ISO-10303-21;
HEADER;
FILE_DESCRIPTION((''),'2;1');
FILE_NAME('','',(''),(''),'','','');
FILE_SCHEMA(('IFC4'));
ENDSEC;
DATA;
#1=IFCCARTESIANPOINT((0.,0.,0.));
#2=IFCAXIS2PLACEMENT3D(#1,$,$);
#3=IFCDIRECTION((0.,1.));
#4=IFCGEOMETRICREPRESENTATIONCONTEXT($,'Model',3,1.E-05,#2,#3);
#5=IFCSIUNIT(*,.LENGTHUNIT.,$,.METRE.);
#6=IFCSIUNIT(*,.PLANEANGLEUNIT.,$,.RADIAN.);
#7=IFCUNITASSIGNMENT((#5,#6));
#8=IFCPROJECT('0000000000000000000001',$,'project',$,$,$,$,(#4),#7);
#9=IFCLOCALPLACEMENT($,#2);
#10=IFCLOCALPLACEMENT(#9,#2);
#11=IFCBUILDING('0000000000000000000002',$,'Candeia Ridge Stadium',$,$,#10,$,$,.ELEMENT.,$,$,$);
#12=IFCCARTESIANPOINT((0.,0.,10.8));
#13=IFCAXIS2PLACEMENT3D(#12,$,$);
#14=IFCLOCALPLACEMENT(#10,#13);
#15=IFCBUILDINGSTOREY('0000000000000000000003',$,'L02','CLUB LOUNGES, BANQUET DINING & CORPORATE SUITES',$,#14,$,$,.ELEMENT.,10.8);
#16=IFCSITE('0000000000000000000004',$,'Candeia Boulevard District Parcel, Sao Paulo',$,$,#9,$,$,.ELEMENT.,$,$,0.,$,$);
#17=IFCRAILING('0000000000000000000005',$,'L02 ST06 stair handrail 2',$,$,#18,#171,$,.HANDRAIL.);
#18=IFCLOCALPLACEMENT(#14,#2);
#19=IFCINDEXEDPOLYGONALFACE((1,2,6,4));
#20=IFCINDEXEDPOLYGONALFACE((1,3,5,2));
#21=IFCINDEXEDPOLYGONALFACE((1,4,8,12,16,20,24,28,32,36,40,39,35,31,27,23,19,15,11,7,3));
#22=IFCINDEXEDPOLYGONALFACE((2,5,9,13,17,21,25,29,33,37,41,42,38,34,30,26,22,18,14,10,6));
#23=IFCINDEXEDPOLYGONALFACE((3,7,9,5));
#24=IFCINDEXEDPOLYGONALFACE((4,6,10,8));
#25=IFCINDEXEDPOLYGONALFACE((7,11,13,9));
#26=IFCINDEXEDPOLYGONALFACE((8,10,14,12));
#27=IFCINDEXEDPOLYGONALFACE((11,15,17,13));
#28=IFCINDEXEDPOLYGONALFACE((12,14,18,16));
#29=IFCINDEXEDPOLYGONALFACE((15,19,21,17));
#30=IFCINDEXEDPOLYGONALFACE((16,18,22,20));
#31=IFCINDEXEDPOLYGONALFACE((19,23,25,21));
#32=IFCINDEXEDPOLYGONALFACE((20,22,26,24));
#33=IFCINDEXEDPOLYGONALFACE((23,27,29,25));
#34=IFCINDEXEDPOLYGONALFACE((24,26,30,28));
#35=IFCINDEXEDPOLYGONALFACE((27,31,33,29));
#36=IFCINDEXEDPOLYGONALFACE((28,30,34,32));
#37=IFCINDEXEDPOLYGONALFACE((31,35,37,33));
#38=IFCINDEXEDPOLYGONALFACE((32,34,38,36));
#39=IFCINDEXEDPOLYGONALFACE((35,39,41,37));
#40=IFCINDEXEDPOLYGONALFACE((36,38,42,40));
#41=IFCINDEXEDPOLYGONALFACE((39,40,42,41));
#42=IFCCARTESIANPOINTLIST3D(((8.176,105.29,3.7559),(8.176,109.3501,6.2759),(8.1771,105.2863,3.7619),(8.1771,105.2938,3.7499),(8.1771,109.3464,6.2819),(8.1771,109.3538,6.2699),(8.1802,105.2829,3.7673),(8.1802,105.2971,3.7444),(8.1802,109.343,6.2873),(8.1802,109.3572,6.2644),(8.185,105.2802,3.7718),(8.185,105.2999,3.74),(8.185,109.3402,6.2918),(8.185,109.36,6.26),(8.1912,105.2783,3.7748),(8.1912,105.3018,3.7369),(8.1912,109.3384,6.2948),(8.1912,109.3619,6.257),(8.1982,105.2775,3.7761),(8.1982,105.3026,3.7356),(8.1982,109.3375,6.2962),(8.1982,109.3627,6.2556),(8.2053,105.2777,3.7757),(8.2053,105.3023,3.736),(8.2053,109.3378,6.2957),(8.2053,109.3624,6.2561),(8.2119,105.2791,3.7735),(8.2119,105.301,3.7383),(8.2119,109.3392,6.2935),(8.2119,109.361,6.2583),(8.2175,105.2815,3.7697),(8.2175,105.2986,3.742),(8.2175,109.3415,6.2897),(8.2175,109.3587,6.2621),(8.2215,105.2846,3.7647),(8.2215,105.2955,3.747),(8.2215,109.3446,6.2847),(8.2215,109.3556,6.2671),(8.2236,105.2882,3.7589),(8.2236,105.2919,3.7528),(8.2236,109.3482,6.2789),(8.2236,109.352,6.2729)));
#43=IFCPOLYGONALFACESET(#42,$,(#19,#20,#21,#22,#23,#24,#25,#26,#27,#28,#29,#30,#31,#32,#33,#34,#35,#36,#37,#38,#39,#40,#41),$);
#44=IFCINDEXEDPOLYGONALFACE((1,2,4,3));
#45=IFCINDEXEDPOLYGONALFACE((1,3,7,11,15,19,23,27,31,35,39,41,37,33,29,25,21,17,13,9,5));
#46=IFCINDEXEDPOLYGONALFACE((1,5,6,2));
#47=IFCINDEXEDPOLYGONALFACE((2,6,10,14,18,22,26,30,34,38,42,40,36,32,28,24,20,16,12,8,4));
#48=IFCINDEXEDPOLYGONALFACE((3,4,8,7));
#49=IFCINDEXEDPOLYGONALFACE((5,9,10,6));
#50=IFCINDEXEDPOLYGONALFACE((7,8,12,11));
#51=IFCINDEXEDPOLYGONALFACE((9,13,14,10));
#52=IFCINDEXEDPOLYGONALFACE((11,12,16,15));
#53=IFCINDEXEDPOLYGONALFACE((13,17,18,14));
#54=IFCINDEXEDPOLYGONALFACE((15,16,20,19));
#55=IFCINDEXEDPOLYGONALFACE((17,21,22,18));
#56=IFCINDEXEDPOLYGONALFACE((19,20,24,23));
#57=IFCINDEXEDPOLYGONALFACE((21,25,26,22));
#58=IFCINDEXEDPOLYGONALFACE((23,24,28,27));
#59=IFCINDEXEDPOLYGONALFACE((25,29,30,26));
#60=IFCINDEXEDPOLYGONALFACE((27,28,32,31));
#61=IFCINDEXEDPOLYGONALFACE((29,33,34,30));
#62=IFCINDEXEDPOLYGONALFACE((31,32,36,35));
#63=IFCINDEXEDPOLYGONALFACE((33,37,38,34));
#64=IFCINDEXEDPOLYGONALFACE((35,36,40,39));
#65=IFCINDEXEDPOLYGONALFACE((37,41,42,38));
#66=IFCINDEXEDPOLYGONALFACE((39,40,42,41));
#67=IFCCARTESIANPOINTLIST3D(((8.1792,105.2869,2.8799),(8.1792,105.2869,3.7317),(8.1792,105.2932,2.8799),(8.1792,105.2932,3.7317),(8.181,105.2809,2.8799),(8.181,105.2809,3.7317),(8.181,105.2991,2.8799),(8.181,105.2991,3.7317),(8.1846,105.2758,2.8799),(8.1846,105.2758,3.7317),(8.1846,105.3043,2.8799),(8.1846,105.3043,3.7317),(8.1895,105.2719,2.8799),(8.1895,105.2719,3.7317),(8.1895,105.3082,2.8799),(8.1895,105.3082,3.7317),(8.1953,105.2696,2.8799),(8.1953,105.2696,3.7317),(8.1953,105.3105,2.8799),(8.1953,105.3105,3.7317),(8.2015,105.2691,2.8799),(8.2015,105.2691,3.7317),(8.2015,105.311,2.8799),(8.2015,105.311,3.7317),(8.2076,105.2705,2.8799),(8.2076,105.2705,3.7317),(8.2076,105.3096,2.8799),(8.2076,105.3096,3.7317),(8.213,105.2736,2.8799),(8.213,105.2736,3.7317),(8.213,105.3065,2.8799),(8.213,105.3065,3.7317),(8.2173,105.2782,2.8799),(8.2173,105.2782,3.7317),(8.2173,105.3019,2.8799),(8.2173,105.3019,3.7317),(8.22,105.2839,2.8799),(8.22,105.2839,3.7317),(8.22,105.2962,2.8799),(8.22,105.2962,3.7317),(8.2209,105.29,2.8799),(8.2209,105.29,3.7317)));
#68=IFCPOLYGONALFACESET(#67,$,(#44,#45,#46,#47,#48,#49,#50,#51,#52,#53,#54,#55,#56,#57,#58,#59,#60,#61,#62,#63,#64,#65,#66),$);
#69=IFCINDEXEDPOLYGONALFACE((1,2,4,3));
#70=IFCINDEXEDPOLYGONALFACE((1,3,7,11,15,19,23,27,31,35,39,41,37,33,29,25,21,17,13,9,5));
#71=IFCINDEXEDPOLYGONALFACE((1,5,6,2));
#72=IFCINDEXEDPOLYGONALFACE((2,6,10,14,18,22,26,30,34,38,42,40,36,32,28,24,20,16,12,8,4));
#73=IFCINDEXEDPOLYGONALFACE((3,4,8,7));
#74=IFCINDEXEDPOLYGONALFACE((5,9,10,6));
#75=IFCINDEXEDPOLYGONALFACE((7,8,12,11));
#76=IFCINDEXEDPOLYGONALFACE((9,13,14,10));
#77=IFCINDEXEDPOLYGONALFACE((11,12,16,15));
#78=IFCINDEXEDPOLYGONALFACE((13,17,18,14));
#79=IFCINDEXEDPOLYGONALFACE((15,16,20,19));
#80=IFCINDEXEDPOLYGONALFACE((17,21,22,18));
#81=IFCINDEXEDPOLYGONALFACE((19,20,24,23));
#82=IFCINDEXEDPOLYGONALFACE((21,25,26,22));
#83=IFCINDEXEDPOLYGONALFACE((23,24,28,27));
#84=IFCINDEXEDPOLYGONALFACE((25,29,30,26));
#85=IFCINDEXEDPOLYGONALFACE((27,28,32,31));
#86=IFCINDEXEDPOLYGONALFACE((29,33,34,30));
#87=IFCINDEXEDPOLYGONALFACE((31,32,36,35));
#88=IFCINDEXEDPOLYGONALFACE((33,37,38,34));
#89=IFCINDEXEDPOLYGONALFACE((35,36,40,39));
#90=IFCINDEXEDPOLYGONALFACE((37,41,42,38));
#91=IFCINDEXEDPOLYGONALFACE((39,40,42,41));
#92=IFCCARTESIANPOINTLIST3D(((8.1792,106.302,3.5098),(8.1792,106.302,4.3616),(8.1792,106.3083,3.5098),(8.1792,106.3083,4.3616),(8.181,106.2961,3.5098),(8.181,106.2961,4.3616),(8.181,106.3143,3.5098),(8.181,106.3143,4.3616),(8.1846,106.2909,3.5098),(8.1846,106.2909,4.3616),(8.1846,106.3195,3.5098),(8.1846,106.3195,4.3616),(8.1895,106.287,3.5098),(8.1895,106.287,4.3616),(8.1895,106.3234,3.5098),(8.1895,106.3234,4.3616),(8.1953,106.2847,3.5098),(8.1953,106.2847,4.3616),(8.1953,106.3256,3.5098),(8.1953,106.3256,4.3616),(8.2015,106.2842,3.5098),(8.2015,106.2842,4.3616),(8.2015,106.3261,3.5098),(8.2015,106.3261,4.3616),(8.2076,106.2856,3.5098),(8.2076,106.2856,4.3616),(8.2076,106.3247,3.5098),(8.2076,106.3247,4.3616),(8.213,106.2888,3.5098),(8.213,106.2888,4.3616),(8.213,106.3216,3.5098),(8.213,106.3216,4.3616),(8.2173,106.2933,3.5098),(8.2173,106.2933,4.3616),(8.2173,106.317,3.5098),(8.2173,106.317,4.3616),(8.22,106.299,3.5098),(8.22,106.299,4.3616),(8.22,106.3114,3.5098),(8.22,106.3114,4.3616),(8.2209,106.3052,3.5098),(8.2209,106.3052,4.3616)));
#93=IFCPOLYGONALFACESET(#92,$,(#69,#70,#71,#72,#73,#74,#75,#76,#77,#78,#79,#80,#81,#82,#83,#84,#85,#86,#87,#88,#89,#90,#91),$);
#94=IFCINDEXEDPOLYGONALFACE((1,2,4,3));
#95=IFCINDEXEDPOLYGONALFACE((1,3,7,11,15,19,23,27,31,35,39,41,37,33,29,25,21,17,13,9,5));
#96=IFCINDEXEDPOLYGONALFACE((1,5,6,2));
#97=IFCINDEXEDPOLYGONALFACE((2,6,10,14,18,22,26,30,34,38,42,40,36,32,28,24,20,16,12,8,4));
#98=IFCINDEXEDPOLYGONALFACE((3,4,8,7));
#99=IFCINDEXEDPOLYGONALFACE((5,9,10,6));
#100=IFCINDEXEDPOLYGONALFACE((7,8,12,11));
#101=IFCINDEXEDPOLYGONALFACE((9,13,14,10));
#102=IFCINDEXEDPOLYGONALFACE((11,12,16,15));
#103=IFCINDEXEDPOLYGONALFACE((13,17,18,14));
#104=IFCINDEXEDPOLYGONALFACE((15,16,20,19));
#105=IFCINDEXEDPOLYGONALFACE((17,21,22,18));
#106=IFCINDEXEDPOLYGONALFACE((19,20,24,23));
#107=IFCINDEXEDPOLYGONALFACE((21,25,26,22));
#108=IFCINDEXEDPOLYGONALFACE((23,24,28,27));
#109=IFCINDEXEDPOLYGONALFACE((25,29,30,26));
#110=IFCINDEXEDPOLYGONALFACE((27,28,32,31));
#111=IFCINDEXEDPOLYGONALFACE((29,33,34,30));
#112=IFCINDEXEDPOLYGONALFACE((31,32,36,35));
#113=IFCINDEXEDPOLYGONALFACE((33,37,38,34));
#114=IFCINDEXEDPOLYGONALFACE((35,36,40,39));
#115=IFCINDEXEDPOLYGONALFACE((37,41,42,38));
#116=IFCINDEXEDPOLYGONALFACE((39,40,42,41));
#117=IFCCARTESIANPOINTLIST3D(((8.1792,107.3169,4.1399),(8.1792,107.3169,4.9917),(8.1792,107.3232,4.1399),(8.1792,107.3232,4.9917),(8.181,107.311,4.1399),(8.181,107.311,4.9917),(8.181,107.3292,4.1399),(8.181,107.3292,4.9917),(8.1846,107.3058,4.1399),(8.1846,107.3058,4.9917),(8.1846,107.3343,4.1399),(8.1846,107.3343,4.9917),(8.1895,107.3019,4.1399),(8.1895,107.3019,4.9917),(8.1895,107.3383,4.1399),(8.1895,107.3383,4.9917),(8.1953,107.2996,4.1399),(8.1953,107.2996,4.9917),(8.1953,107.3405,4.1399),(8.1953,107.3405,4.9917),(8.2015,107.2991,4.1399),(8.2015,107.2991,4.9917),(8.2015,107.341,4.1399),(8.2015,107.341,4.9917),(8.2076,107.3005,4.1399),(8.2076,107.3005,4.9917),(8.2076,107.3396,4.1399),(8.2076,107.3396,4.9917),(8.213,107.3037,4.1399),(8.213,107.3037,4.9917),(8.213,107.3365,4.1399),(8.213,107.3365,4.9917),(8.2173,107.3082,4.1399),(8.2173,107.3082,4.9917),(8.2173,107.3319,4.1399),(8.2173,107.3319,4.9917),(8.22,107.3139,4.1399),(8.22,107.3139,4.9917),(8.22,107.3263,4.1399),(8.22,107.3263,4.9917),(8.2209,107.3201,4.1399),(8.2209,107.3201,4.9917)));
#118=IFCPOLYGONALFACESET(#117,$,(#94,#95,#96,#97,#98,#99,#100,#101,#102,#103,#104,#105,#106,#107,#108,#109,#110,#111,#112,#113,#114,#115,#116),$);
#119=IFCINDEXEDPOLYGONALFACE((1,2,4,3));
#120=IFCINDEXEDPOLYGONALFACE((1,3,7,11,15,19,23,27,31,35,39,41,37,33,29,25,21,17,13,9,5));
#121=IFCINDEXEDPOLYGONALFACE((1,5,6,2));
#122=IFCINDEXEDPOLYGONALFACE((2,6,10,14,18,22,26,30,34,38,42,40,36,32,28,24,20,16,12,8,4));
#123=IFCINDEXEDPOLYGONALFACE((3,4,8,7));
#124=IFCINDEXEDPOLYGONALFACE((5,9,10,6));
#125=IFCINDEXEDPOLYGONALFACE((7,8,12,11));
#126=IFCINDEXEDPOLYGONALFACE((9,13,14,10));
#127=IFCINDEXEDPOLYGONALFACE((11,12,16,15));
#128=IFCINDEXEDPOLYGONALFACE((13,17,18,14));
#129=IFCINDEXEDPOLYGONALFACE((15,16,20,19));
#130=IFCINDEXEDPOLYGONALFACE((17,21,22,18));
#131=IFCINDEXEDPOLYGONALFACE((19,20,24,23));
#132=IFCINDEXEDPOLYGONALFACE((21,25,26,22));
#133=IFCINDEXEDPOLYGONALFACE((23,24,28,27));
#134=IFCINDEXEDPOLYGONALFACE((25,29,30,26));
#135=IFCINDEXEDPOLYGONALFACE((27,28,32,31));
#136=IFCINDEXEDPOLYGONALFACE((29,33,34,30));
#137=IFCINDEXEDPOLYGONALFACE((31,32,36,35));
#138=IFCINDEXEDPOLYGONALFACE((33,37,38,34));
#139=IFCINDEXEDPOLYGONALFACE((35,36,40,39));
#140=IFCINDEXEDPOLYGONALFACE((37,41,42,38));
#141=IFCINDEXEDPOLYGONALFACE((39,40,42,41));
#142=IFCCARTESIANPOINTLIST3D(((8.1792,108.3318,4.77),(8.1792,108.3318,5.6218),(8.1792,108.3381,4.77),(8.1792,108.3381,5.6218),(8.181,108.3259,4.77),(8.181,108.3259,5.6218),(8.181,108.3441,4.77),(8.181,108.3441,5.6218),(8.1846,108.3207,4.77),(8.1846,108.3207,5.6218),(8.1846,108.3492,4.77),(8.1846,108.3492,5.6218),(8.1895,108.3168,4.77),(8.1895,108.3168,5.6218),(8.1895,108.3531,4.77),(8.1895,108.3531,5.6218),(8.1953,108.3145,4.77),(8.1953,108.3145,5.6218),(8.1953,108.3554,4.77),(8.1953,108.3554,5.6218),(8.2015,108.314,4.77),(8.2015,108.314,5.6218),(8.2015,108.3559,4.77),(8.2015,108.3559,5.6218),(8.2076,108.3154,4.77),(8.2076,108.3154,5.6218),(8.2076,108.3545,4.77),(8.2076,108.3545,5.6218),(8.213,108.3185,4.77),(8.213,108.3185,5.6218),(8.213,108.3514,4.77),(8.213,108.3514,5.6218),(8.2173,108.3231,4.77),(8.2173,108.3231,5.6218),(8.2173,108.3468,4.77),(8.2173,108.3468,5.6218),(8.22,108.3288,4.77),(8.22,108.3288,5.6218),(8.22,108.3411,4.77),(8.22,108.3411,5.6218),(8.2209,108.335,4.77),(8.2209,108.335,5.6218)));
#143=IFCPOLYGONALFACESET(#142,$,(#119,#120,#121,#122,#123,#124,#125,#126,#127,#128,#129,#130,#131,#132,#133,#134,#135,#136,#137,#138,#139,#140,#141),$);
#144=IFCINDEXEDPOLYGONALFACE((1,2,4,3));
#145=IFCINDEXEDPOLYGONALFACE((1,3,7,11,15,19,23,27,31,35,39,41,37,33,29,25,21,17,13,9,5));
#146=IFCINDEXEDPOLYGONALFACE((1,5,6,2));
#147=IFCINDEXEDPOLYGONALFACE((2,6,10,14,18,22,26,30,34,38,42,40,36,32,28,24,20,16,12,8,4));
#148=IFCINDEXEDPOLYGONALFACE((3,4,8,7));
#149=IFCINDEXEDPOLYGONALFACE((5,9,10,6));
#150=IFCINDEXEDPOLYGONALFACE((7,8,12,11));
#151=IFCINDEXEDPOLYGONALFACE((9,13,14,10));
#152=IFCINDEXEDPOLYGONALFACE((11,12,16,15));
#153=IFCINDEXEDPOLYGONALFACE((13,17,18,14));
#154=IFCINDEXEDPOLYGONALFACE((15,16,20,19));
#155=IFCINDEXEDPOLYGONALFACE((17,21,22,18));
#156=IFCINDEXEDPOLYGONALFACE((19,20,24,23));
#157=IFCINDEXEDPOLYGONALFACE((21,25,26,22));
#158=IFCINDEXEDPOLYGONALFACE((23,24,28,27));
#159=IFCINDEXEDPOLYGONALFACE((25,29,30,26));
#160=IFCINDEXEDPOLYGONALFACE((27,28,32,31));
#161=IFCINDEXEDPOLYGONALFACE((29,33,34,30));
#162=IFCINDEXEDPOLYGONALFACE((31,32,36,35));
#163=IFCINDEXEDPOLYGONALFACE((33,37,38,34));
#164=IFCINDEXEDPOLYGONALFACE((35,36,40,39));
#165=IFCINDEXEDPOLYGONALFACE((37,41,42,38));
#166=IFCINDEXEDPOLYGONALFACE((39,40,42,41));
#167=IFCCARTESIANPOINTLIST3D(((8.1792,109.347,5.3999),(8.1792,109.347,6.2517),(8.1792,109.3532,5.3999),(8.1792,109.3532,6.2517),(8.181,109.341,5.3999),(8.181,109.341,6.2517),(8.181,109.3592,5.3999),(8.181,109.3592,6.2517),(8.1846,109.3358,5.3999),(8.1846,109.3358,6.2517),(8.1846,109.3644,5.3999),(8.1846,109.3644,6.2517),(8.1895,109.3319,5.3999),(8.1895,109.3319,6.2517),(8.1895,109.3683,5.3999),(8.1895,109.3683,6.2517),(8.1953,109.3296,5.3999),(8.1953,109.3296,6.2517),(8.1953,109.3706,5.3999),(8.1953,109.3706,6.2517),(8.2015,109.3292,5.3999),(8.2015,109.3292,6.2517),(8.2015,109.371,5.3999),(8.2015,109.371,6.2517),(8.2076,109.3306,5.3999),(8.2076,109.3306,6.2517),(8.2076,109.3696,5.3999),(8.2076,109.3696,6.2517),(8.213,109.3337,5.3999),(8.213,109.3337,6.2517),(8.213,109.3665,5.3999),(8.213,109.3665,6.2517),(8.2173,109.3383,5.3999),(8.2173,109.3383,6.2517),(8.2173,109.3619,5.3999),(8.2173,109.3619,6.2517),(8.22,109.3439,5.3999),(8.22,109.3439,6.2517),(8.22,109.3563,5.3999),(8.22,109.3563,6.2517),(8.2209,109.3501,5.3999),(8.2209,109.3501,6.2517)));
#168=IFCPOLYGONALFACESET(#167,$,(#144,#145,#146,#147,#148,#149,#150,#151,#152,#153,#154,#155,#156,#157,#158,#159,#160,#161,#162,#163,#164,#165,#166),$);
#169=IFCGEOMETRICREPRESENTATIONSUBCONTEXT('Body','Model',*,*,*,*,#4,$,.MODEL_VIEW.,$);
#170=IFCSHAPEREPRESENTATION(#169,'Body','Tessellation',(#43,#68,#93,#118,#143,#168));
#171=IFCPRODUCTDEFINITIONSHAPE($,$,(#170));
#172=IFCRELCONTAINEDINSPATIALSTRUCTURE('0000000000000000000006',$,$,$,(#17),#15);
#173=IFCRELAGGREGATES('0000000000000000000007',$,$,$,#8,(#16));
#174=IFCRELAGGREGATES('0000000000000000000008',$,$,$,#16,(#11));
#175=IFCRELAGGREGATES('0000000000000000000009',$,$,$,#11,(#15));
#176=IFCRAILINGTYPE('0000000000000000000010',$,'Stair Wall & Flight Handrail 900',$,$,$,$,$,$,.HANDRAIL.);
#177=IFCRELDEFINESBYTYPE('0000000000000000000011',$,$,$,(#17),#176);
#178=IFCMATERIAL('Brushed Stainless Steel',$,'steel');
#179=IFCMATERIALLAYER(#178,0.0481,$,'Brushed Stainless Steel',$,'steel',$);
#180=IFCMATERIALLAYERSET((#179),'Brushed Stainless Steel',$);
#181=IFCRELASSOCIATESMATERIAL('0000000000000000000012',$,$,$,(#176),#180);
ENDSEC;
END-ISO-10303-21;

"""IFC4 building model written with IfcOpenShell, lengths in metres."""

from ifc_helpers import new_model, si_unit, direction, frame, origin, origin_2d, place, context, subcontext, project, spatial, circle, extrude, material, layer, layer_set, type_object, element, save


model = new_model("IFC4")

# Units and contexts
model_context = context("Model", 3, precision=1e-05, world=origin(), true_north=direction((0.0, 1.0)))
body_context = subcontext(model_context, "Body", "Model", "MODEL_VIEW")
ifc_project = project(units=[si_unit("LENGTHUNIT", "METRE"), si_unit("PLANEANGLEUNIT", "RADIAN")], contexts=[model_context])

# Site, building, storey
site_placement = place(None, origin())
site = spatial("IfcSite", under=ifc_project, at=site_placement, Name="Candeia Boulevard District Parcel, Sao Paulo", CompositionType="ELEMENT", RefElevation=0.0)
building_placement = place(site_placement, origin())
building = spatial("IfcBuilding", under=site, at=building_placement, Name="Candeia Ridge Stadium", CompositionType="ELEMENT")
storey_placement = place(building_placement, frame((0.0, 0.0, 10.8)))
storey = spatial("IfcBuildingStorey", under=building, at=storey_placement, Name="L02", Description="CLUB LOUNGES, BANQUET DINING & CORPORATE SUITES", CompositionType="ELEMENT", Elevation=10.8)

# Railing
ifc_material_1 = material(Name="Brushed Stainless Steel", Category="steel")
ifc_layer_1 = layer(ifc_material_1, 0.0481, Name="Brushed Stainless Steel", Category="steel")
ifc_layer_set_1 = layer_set([ifc_layer_1], Name="Brushed Stainless Steel")
railing_type_1 = type_object("IfcRailingType", Name="Stair Wall & Flight Handrail 900", PredefinedType="HANDRAIL", material=ifc_layer_set_1)
railing_1_placement = place(storey_placement, frame((8.2, 105.29, 2.8799)))
element("IfcRailing", 1, at=railing_1_placement, inside=storey, type_object=railing_type_1, Name="L02 ST06 stair handrail 2", PredefinedType="HANDRAIL", context=body_context, shape_type="SweptSolid", body=[
    extrude(circle(Radius=0.0239, at=origin_2d()), frame((0.0, 0.0, 0.876), z_axis=(0.0, 0.849642, 0.52736), x_axis=(-1.0, 0.0, 0.0)), (0.0, 0.0, 1.0), 4.7786),
    extrude(circle(Radius=0.021, at=origin_2d()), origin(), (0.0, 0.0, 1.0), 0.8518),
    extrude(circle(Radius=0.021, at=origin_2d()), frame((0.0, 1.0151, 0.6299)), (0.0, 0.0, 1.0), 0.8518),
    extrude(circle(Radius=0.021, at=origin_2d()), frame((0.0, 2.03, 1.26)), (0.0, 0.0, 1.0), 0.8518),
    extrude(circle(Radius=0.021, at=origin_2d()), frame((0.0, 3.0449, 1.8901)), (0.0, 0.0, 1.0), 0.8518),
    extrude(circle(Radius=0.021, at=origin_2d()), frame((0.0, 4.0601, 2.52)), (0.0, 0.0, 1.0), 0.8518),
])

save(model, "model.ifc")
